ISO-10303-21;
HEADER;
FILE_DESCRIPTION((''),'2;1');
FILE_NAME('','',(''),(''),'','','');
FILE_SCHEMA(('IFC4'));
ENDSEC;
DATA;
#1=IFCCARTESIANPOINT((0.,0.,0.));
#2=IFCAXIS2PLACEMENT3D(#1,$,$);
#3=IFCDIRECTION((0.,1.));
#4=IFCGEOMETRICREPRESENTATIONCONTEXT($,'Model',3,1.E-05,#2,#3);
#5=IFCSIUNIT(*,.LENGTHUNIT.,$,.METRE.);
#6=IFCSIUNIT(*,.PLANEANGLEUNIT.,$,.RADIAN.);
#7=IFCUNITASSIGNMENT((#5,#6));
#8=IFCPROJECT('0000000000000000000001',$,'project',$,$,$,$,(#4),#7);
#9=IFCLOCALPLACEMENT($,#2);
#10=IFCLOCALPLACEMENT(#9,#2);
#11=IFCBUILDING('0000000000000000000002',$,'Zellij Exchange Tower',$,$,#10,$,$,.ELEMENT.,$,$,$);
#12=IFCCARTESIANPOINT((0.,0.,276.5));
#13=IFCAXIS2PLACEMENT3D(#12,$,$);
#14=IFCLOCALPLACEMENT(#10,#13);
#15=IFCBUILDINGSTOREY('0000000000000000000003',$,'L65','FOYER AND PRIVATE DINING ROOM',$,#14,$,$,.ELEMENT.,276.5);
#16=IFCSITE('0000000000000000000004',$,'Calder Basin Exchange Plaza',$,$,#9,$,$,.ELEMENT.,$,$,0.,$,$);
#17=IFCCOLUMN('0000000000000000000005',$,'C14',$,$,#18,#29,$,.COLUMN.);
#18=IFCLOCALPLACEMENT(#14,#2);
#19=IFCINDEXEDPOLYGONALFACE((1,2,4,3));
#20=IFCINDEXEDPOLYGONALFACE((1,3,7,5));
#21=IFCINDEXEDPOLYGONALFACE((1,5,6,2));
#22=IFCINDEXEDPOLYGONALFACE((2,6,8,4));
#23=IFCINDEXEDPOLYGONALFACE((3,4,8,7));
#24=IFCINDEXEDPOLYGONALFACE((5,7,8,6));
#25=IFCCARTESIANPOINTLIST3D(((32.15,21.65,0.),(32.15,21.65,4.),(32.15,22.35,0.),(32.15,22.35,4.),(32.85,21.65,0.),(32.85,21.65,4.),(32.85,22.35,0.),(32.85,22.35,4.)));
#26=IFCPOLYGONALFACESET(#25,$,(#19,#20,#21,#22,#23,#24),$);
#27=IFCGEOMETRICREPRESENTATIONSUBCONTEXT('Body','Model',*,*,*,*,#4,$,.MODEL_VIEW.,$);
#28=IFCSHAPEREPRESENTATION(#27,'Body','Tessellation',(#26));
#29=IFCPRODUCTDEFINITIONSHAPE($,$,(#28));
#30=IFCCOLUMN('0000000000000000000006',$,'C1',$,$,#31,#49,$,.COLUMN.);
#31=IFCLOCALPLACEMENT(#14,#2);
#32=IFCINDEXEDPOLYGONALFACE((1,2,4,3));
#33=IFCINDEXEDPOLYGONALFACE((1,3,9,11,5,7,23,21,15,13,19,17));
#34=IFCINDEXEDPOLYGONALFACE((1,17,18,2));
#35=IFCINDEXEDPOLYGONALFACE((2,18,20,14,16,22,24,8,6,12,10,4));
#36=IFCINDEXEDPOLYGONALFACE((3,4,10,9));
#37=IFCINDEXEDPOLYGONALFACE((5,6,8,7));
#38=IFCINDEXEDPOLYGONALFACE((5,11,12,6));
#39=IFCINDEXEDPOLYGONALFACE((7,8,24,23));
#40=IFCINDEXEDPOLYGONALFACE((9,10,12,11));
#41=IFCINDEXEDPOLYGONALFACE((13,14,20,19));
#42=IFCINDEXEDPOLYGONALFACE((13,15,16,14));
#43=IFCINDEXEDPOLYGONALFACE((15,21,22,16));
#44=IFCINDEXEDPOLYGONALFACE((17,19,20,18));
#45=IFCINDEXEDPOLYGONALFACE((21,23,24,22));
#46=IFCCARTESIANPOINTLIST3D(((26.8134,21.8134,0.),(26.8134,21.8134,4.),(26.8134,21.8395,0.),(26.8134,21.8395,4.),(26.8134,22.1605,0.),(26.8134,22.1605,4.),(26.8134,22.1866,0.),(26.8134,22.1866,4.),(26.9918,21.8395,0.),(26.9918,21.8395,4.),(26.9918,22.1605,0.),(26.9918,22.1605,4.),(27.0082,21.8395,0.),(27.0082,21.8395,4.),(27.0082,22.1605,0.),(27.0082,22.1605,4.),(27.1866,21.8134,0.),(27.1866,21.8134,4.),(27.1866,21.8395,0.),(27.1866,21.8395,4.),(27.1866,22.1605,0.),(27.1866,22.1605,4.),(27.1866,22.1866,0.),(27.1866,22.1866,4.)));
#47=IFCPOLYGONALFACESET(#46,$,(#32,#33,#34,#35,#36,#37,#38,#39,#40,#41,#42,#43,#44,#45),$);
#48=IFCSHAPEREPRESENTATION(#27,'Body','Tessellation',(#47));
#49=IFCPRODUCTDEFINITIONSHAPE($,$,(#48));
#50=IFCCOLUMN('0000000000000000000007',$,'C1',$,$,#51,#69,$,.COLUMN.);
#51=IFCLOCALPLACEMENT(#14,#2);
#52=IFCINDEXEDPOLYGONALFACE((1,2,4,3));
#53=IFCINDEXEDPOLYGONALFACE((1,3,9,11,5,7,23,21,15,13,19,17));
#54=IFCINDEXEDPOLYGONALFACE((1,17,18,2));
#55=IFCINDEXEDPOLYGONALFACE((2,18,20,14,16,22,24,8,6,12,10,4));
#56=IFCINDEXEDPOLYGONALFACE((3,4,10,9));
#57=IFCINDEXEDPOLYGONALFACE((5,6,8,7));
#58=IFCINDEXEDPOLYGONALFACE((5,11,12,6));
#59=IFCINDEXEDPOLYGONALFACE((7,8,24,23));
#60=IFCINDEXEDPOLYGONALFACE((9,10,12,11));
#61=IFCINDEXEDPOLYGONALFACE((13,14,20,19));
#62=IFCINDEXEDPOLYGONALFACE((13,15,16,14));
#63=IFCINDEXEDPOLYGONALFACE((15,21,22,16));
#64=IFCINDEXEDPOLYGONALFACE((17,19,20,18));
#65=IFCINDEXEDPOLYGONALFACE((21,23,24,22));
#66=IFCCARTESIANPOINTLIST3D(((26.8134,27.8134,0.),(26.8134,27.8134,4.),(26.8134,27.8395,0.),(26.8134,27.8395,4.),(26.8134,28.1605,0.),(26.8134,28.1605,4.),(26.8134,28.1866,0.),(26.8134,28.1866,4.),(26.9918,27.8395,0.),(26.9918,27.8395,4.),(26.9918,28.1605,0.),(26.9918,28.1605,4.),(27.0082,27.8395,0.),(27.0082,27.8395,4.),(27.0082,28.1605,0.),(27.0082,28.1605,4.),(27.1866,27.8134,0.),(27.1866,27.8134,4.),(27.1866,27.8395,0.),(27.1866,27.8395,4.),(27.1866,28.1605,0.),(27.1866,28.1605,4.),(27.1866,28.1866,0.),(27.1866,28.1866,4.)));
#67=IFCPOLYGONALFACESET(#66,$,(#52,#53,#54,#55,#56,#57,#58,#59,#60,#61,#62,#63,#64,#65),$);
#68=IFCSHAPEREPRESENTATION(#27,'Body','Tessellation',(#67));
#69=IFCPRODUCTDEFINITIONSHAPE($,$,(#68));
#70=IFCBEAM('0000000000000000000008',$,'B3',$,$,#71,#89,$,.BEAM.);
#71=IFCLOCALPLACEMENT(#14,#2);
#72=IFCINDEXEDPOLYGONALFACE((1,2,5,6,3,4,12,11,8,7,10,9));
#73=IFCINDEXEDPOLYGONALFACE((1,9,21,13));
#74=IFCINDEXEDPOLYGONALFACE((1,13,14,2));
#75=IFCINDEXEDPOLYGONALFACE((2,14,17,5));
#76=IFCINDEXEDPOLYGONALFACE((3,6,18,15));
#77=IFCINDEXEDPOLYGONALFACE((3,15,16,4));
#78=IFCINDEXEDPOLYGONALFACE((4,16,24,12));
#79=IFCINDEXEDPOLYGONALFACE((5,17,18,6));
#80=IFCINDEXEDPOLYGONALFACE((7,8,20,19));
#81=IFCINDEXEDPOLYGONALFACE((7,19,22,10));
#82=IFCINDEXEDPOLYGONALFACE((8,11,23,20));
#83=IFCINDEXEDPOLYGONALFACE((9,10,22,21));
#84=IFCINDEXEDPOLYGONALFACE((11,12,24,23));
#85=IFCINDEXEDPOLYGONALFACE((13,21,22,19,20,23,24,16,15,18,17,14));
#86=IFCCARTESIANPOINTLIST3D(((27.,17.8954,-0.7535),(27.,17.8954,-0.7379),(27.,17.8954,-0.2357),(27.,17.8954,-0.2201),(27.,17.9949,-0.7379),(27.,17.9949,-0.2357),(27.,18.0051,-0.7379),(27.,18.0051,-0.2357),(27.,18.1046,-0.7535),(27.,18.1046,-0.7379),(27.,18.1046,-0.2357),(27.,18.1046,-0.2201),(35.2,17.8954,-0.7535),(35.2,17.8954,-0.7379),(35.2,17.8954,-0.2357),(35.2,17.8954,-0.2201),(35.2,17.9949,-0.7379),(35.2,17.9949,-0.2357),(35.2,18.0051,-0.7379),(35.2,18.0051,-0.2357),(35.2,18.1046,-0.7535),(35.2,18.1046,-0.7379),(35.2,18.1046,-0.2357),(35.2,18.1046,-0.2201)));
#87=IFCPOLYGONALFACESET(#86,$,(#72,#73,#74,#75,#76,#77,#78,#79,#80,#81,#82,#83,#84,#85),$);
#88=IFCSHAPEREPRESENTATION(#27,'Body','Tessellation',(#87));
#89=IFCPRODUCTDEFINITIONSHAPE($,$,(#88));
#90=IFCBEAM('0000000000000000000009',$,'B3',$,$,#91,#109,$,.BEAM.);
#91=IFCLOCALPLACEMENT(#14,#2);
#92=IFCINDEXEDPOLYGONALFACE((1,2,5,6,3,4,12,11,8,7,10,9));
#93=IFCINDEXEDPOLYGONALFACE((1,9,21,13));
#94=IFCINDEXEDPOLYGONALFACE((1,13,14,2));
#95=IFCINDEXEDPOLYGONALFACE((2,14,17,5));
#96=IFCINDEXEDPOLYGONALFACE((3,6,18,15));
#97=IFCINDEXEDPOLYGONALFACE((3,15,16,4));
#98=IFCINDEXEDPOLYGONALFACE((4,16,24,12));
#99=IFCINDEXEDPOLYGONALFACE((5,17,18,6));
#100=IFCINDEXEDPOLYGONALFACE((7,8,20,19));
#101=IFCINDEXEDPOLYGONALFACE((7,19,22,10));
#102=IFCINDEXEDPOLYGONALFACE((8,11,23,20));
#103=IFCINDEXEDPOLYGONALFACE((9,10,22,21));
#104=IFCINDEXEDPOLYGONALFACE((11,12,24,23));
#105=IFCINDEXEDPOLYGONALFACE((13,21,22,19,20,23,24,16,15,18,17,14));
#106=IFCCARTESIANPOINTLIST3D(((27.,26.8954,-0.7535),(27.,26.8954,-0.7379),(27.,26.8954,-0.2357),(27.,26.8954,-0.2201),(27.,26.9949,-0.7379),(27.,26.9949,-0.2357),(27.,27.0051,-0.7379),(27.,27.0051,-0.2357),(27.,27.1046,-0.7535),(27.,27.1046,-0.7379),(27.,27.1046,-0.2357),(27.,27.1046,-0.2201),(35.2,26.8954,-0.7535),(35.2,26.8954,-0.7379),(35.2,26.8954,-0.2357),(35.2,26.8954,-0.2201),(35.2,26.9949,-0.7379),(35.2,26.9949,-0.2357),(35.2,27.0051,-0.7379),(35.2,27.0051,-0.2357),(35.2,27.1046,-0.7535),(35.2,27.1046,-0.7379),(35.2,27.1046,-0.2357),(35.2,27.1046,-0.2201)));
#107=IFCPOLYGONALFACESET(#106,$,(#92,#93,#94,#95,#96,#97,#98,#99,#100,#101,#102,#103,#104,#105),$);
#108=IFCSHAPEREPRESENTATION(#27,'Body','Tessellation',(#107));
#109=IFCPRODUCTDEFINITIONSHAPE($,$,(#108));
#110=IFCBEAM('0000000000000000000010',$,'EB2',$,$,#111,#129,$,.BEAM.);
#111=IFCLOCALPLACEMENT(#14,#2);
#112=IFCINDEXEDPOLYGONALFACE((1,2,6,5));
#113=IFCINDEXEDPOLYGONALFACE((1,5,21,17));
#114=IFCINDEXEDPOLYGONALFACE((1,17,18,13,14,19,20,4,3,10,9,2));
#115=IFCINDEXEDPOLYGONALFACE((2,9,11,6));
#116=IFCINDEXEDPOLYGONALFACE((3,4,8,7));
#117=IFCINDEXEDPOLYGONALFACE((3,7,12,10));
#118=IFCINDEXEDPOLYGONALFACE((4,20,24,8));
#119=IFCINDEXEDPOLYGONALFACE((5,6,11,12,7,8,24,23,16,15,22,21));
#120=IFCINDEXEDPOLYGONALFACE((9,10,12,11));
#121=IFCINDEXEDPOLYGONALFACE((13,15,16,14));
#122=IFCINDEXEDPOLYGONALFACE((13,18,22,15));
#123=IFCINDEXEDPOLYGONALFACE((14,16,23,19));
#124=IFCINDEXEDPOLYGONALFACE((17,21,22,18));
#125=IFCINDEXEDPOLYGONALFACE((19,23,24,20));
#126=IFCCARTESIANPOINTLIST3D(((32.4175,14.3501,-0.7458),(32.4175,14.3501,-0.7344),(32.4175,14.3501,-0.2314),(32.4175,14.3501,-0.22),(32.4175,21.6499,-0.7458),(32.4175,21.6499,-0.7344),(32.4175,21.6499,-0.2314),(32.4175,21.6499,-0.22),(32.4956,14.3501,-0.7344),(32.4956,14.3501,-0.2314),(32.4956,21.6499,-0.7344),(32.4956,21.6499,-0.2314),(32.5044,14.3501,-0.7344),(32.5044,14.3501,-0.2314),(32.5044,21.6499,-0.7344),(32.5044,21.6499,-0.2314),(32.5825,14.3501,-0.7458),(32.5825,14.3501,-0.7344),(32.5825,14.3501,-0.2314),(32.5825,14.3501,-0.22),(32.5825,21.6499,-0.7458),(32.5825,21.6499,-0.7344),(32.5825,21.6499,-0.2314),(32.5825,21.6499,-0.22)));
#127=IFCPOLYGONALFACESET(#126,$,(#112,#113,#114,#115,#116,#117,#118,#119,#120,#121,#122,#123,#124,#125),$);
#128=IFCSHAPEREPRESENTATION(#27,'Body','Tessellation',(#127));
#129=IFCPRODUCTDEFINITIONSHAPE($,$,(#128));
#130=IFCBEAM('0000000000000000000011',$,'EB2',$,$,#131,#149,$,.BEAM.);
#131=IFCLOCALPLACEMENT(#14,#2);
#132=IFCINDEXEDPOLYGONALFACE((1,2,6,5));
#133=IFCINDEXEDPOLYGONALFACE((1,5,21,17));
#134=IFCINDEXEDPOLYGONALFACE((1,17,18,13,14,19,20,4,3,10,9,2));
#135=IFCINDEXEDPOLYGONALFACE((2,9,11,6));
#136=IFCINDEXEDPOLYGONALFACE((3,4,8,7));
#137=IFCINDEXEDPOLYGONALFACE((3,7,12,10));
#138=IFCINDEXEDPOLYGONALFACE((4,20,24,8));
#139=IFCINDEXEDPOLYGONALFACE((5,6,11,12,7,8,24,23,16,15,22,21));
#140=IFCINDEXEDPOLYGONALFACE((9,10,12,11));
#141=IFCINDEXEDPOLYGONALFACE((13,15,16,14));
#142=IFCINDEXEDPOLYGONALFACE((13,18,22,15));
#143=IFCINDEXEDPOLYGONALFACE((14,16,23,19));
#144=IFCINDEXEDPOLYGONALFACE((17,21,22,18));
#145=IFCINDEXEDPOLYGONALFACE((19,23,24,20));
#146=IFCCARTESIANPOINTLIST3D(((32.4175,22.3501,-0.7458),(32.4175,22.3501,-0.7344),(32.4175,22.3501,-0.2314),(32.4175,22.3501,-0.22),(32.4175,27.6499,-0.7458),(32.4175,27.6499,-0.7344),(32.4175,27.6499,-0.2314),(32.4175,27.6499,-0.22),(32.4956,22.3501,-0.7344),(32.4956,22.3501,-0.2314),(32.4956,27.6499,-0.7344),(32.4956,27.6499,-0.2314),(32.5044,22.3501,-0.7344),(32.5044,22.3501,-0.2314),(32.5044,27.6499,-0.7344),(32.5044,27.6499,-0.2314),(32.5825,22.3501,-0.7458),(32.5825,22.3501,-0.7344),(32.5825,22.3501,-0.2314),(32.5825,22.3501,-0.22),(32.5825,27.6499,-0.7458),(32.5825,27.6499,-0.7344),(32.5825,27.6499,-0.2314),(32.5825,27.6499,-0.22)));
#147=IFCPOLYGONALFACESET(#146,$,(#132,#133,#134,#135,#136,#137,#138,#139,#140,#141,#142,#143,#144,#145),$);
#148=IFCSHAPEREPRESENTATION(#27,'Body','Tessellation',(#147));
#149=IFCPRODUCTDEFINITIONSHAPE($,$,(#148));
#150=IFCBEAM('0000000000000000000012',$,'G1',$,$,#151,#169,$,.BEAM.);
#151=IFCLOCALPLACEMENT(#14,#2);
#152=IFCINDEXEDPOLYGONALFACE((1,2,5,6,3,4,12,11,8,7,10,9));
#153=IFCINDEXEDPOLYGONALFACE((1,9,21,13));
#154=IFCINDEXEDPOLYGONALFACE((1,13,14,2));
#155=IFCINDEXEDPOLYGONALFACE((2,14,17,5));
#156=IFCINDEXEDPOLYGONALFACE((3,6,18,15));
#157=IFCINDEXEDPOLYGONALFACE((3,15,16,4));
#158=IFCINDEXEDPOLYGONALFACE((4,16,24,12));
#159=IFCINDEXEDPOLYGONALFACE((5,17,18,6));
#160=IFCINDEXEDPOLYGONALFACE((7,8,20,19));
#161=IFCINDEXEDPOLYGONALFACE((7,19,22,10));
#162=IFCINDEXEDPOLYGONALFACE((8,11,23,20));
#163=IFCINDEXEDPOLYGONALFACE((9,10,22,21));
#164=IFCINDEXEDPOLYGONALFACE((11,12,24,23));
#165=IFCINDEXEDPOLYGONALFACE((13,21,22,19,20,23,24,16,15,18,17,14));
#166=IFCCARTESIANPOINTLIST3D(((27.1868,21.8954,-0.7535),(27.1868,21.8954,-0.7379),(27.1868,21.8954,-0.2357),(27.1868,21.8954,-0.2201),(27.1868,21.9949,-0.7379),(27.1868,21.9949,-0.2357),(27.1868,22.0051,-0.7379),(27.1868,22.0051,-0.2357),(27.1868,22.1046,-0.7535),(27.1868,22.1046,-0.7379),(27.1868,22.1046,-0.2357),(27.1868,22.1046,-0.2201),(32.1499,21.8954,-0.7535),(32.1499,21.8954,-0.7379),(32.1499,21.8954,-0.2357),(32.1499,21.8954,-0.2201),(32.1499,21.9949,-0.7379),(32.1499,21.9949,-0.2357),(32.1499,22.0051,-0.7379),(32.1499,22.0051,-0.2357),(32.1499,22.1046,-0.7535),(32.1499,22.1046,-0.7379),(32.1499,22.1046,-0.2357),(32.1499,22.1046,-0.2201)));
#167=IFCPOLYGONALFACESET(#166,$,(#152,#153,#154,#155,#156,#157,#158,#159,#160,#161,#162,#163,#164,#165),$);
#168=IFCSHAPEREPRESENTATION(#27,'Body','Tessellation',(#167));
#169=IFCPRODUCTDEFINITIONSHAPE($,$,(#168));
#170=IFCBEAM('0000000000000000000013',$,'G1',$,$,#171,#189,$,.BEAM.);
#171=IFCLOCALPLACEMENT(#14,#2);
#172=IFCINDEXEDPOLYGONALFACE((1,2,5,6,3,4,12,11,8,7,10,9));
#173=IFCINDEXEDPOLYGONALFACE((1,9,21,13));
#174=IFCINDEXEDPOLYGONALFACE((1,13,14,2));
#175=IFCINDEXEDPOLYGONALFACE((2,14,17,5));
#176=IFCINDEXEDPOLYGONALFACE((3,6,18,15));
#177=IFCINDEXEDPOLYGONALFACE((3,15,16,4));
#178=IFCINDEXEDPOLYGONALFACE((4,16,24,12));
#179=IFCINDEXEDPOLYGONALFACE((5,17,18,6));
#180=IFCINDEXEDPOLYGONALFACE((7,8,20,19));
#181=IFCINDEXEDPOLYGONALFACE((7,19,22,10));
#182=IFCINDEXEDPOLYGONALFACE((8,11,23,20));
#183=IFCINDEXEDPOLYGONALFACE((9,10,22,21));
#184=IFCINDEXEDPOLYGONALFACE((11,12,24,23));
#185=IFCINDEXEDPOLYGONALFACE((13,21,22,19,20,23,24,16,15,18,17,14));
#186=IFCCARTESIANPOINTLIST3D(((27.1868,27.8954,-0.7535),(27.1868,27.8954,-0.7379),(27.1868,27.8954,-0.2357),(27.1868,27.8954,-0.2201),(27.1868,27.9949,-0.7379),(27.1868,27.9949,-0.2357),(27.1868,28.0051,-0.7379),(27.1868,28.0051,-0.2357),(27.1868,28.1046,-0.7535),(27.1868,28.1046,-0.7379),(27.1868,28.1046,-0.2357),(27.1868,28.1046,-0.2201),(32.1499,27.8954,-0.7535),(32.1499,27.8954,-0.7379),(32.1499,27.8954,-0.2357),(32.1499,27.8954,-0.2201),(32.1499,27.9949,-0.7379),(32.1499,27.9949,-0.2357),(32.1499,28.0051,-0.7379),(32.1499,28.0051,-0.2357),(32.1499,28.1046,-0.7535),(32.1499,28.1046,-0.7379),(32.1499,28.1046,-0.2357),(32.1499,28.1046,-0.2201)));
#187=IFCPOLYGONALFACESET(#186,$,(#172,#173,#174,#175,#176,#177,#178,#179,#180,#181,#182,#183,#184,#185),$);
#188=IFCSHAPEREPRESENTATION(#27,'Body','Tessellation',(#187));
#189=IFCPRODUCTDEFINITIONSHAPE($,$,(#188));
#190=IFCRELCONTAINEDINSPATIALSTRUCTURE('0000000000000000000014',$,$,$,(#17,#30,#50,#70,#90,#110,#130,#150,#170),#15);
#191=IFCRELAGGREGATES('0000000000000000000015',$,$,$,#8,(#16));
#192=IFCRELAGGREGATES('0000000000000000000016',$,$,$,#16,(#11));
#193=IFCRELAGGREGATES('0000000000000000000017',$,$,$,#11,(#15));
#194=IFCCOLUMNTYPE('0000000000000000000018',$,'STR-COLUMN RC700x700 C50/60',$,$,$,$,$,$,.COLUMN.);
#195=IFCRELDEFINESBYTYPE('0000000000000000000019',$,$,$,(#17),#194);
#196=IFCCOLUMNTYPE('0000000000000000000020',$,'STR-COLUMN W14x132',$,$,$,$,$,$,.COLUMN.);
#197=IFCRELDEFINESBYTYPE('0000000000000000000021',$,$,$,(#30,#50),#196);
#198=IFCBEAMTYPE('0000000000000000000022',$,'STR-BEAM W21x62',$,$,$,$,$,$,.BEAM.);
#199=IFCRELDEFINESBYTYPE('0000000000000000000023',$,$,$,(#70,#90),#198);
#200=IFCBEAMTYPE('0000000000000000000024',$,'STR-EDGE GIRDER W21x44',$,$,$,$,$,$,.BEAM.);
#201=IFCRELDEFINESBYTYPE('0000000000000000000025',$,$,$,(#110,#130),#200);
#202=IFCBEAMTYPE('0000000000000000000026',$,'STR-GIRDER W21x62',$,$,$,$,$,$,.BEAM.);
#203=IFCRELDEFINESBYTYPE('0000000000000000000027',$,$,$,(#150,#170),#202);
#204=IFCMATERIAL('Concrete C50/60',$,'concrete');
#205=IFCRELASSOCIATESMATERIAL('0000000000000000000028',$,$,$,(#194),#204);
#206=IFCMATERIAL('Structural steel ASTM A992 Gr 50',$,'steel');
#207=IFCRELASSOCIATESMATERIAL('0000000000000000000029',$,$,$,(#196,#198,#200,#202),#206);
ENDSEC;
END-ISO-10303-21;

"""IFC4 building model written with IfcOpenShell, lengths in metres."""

from ifc_helpers import new_model, si_unit, direction, frame, origin, origin_2d, place, context, subcontext, project, spatial, rectangle, i_section, extrude, material, material_profile, profile_set, type_object, element, save


model = new_model("IFC4")

# Units and contexts
model_context = context("Model", 3, precision=1e-05, world=origin(), true_north=direction((0.0, 1.0)))
body_context = subcontext(model_context, "Body", "Model", "MODEL_VIEW")
ifc_project = project(units=[si_unit("LENGTHUNIT", "METRE"), si_unit("PLANEANGLEUNIT", "RADIAN")], contexts=[model_context])

# Site, building, storey
site_placement = place(None, origin())
site = spatial("IfcSite", under=ifc_project, at=site_placement, Name="Calder Basin Exchange Plaza", CompositionType="ELEMENT", RefElevation=0.0)
building_placement = place(site_placement, origin())
building = spatial("IfcBuilding", under=site, at=building_placement, Name="Zellij Exchange Tower", CompositionType="ELEMENT")
storey_placement = place(building_placement, frame((0.0, 0.0, 276.5)))
storey = spatial("IfcBuildingStorey", under=building, at=storey_placement, Name="L65", Description="FOYER AND PRIVATE DINING ROOM", CompositionType="ELEMENT", Elevation=276.5)

# Columns
ifc_material_1 = material(Name="Concrete C50/60", Category="concrete")
ifc_material_profile_1 = material_profile(ifc_material_1, rectangle(XDim=0.7, YDim=0.7, at=origin_2d()), Name="STR-COLUMN RC700x700 C50/60")
ifc_profile_set_1 = profile_set([ifc_material_profile_1], Name="Concrete C50/60")
column_type_1 = type_object("IfcColumnType", Name="STR-COLUMN RC700x700 C50/60", PredefinedType="COLUMN", material=ifc_profile_set_1)
column_placement = place(storey_placement, frame((32.5, 22.0, 0.0), z_axis=(0.0, 0.0, 1.0), x_axis=(1.0, 0.0, 0.0)))
element("IfcColumn", 1, at=column_placement, inside=storey, type_object=column_type_1, Name="C14", PredefinedType="COLUMN", context=body_context, shape_type="SweptSolid", body=[
    extrude(rectangle(XDim=0.7, YDim=0.7, at=origin_2d()), origin(), (0.0, 0.0, 1.0), 4.0),
])
ifc_material_2 = material(Name="Structural steel ASTM A992 Gr 50", Category="steel")
ifc_material_profile_2 = material_profile(ifc_material_2, i_section(OverallWidth=0.3733, OverallDepth=0.3733, WebThickness=0.0164, FlangeThickness=0.0261, at=origin_2d()), Name="W14x132")
ifc_profile_set_2 = profile_set([ifc_material_profile_2], Name="Structural steel ASTM A992 Gr 50")
column_type_2 = type_object("IfcColumnType", Name="STR-COLUMN W14x132", PredefinedType="COLUMN", material=ifc_profile_set_2)
for number, where, z_axis, x_axis, name in (
    (2, (27.0, 22.0, 0.0), (0.0, 0.0, 1.0), (1.0, 0.0, 0.0), "C1"),
    (3, (27.0, 28.0, 0.0), (0.0, 0.0, 1.0), (1.0, 0.0, 0.0), "C1"),
):
    element("IfcColumn", number, at=place(storey_placement, frame(where, z_axis=z_axis, x_axis=x_axis)), inside=storey, type_object=column_type_2, Name=name, PredefinedType="COLUMN", context=body_context, shape_type="SweptSolid", body=[
        extrude(i_section(OverallWidth=0.3733, OverallDepth=0.3733, WebThickness=0.0164, FlangeThickness=0.0261, at=origin_2d()), origin(), (0.0, 0.0, 1.0), 4.0),
    ])

# Beams
ifc_material_profile_3 = material_profile(ifc_material_2, i_section(OverallWidth=0.2092, OverallDepth=0.5334, WebThickness=0.0103, FlangeThickness=0.0156, at=origin_2d()), Name="W21x62")
ifc_profile_set_3 = profile_set([ifc_material_profile_3], Name="Structural steel ASTM A992 Gr 50")
beam_type_1 = type_object("IfcBeamType", Name="STR-BEAM W21x62", PredefinedType="BEAM", material=ifc_profile_set_3)
for number, where, z_axis, x_axis, name in (
    (4, (27.0, 18.0, -0.4868), (1.0, 0.0, 0.0), (0.0, 1.0, 0.0), "B3"),
    (5, (27.0, 27.0, -0.4868), (1.0, 0.0, 0.0), (0.0, 1.0, 0.0), "B3"),
):
    element("IfcBeam", number, at=place(storey_placement, frame(where, z_axis=z_axis, x_axis=x_axis)), inside=storey, type_object=beam_type_1, Name=name, PredefinedType="BEAM", context=body_context, shape_type="SweptSolid", body=[
        extrude(i_section(OverallWidth=0.2092, OverallDepth=0.5334, WebThickness=0.0103, FlangeThickness=0.0156, at=origin_2d()), origin(), (0.0, 0.0, 1.0), 8.2),
    ])
ifc_material_profile_4 = material_profile(ifc_material_2, i_section(OverallWidth=0.165, OverallDepth=0.5259, WebThickness=0.0088, FlangeThickness=0.0115, at=origin_2d()), Name="W21x44")
ifc_profile_set_4 = profile_set([ifc_material_profile_4], Name="Structural steel ASTM A992 Gr 50")
beam_type_2 = type_object("IfcBeamType", Name="STR-EDGE GIRDER W21x44", PredefinedType="BEAM", material=ifc_profile_set_4)
beam_1_placement = place(storey_placement, frame((32.5, 14.3501, -0.4829), z_axis=(0.0, 1.0, 0.0), x_axis=(-1.0, 0.0, 0.0)))
element("IfcBeam", 6, at=beam_1_placement, inside=storey, type_object=beam_type_2, Name="EB2", PredefinedType="BEAM", context=body_context, shape_type="SweptSolid", body=[
    extrude(i_section(OverallWidth=0.165, OverallDepth=0.5259, WebThickness=0.0088, FlangeThickness=0.0115, at=origin_2d()), origin(), (0.0, 0.0, 1.0), 7.2998),
])
beam_2_placement = place(storey_placement, frame((32.5, 22.3501, -0.4829), z_axis=(0.0, 1.0, 0.0), x_axis=(-1.0, 0.0, 0.0)))
element("IfcBeam", 7, at=beam_2_placement, inside=storey, type_object=beam_type_2, Name="EB2", PredefinedType="BEAM", context=body_context, shape_type="SweptSolid", body=[
    extrude(i_section(OverallWidth=0.165, OverallDepth=0.5259, WebThickness=0.0088, FlangeThickness=0.0115, at=origin_2d()), origin(), (0.0, 0.0, 1.0), 5.2998),
])
ifc_material_profile_5 = material_profile(ifc_material_2, i_section(OverallWidth=0.2092, OverallDepth=0.5334, WebThickness=0.0103, FlangeThickness=0.0156, at=origin_2d()), Name="W21x62")
ifc_profile_set_5 = profile_set([ifc_material_profile_5], Name="Structural steel ASTM A992 Gr 50")
beam_type_3 = type_object("IfcBeamType", Name="STR-GIRDER W21x62", PredefinedType="BEAM", material=ifc_profile_set_5)
for number, where, z_axis, x_axis, name in (
    (8, (27.1868, 22.0, -0.4868), (1.0, 0.0, 0.0), (0.0, 1.0, 0.0), "G1"),
    (9, (27.1868, 28.0, -0.4868), (1.0, 0.0, 0.0), (0.0, 1.0, 0.0), "G1"),
):
    element("IfcBeam", number, at=place(storey_placement, frame(where, z_axis=z_axis, x_axis=x_axis)), inside=storey, type_object=beam_type_3, Name=name, PredefinedType="BEAM", context=body_context, shape_type="SweptSolid", body=[
        extrude(i_section(OverallWidth=0.2092, OverallDepth=0.5334, WebThickness=0.0103, FlangeThickness=0.0156, at=origin_2d()), origin(), (0.0, 0.0, 1.0), 4.9631),
    ])

save(model, "model.ifc")
